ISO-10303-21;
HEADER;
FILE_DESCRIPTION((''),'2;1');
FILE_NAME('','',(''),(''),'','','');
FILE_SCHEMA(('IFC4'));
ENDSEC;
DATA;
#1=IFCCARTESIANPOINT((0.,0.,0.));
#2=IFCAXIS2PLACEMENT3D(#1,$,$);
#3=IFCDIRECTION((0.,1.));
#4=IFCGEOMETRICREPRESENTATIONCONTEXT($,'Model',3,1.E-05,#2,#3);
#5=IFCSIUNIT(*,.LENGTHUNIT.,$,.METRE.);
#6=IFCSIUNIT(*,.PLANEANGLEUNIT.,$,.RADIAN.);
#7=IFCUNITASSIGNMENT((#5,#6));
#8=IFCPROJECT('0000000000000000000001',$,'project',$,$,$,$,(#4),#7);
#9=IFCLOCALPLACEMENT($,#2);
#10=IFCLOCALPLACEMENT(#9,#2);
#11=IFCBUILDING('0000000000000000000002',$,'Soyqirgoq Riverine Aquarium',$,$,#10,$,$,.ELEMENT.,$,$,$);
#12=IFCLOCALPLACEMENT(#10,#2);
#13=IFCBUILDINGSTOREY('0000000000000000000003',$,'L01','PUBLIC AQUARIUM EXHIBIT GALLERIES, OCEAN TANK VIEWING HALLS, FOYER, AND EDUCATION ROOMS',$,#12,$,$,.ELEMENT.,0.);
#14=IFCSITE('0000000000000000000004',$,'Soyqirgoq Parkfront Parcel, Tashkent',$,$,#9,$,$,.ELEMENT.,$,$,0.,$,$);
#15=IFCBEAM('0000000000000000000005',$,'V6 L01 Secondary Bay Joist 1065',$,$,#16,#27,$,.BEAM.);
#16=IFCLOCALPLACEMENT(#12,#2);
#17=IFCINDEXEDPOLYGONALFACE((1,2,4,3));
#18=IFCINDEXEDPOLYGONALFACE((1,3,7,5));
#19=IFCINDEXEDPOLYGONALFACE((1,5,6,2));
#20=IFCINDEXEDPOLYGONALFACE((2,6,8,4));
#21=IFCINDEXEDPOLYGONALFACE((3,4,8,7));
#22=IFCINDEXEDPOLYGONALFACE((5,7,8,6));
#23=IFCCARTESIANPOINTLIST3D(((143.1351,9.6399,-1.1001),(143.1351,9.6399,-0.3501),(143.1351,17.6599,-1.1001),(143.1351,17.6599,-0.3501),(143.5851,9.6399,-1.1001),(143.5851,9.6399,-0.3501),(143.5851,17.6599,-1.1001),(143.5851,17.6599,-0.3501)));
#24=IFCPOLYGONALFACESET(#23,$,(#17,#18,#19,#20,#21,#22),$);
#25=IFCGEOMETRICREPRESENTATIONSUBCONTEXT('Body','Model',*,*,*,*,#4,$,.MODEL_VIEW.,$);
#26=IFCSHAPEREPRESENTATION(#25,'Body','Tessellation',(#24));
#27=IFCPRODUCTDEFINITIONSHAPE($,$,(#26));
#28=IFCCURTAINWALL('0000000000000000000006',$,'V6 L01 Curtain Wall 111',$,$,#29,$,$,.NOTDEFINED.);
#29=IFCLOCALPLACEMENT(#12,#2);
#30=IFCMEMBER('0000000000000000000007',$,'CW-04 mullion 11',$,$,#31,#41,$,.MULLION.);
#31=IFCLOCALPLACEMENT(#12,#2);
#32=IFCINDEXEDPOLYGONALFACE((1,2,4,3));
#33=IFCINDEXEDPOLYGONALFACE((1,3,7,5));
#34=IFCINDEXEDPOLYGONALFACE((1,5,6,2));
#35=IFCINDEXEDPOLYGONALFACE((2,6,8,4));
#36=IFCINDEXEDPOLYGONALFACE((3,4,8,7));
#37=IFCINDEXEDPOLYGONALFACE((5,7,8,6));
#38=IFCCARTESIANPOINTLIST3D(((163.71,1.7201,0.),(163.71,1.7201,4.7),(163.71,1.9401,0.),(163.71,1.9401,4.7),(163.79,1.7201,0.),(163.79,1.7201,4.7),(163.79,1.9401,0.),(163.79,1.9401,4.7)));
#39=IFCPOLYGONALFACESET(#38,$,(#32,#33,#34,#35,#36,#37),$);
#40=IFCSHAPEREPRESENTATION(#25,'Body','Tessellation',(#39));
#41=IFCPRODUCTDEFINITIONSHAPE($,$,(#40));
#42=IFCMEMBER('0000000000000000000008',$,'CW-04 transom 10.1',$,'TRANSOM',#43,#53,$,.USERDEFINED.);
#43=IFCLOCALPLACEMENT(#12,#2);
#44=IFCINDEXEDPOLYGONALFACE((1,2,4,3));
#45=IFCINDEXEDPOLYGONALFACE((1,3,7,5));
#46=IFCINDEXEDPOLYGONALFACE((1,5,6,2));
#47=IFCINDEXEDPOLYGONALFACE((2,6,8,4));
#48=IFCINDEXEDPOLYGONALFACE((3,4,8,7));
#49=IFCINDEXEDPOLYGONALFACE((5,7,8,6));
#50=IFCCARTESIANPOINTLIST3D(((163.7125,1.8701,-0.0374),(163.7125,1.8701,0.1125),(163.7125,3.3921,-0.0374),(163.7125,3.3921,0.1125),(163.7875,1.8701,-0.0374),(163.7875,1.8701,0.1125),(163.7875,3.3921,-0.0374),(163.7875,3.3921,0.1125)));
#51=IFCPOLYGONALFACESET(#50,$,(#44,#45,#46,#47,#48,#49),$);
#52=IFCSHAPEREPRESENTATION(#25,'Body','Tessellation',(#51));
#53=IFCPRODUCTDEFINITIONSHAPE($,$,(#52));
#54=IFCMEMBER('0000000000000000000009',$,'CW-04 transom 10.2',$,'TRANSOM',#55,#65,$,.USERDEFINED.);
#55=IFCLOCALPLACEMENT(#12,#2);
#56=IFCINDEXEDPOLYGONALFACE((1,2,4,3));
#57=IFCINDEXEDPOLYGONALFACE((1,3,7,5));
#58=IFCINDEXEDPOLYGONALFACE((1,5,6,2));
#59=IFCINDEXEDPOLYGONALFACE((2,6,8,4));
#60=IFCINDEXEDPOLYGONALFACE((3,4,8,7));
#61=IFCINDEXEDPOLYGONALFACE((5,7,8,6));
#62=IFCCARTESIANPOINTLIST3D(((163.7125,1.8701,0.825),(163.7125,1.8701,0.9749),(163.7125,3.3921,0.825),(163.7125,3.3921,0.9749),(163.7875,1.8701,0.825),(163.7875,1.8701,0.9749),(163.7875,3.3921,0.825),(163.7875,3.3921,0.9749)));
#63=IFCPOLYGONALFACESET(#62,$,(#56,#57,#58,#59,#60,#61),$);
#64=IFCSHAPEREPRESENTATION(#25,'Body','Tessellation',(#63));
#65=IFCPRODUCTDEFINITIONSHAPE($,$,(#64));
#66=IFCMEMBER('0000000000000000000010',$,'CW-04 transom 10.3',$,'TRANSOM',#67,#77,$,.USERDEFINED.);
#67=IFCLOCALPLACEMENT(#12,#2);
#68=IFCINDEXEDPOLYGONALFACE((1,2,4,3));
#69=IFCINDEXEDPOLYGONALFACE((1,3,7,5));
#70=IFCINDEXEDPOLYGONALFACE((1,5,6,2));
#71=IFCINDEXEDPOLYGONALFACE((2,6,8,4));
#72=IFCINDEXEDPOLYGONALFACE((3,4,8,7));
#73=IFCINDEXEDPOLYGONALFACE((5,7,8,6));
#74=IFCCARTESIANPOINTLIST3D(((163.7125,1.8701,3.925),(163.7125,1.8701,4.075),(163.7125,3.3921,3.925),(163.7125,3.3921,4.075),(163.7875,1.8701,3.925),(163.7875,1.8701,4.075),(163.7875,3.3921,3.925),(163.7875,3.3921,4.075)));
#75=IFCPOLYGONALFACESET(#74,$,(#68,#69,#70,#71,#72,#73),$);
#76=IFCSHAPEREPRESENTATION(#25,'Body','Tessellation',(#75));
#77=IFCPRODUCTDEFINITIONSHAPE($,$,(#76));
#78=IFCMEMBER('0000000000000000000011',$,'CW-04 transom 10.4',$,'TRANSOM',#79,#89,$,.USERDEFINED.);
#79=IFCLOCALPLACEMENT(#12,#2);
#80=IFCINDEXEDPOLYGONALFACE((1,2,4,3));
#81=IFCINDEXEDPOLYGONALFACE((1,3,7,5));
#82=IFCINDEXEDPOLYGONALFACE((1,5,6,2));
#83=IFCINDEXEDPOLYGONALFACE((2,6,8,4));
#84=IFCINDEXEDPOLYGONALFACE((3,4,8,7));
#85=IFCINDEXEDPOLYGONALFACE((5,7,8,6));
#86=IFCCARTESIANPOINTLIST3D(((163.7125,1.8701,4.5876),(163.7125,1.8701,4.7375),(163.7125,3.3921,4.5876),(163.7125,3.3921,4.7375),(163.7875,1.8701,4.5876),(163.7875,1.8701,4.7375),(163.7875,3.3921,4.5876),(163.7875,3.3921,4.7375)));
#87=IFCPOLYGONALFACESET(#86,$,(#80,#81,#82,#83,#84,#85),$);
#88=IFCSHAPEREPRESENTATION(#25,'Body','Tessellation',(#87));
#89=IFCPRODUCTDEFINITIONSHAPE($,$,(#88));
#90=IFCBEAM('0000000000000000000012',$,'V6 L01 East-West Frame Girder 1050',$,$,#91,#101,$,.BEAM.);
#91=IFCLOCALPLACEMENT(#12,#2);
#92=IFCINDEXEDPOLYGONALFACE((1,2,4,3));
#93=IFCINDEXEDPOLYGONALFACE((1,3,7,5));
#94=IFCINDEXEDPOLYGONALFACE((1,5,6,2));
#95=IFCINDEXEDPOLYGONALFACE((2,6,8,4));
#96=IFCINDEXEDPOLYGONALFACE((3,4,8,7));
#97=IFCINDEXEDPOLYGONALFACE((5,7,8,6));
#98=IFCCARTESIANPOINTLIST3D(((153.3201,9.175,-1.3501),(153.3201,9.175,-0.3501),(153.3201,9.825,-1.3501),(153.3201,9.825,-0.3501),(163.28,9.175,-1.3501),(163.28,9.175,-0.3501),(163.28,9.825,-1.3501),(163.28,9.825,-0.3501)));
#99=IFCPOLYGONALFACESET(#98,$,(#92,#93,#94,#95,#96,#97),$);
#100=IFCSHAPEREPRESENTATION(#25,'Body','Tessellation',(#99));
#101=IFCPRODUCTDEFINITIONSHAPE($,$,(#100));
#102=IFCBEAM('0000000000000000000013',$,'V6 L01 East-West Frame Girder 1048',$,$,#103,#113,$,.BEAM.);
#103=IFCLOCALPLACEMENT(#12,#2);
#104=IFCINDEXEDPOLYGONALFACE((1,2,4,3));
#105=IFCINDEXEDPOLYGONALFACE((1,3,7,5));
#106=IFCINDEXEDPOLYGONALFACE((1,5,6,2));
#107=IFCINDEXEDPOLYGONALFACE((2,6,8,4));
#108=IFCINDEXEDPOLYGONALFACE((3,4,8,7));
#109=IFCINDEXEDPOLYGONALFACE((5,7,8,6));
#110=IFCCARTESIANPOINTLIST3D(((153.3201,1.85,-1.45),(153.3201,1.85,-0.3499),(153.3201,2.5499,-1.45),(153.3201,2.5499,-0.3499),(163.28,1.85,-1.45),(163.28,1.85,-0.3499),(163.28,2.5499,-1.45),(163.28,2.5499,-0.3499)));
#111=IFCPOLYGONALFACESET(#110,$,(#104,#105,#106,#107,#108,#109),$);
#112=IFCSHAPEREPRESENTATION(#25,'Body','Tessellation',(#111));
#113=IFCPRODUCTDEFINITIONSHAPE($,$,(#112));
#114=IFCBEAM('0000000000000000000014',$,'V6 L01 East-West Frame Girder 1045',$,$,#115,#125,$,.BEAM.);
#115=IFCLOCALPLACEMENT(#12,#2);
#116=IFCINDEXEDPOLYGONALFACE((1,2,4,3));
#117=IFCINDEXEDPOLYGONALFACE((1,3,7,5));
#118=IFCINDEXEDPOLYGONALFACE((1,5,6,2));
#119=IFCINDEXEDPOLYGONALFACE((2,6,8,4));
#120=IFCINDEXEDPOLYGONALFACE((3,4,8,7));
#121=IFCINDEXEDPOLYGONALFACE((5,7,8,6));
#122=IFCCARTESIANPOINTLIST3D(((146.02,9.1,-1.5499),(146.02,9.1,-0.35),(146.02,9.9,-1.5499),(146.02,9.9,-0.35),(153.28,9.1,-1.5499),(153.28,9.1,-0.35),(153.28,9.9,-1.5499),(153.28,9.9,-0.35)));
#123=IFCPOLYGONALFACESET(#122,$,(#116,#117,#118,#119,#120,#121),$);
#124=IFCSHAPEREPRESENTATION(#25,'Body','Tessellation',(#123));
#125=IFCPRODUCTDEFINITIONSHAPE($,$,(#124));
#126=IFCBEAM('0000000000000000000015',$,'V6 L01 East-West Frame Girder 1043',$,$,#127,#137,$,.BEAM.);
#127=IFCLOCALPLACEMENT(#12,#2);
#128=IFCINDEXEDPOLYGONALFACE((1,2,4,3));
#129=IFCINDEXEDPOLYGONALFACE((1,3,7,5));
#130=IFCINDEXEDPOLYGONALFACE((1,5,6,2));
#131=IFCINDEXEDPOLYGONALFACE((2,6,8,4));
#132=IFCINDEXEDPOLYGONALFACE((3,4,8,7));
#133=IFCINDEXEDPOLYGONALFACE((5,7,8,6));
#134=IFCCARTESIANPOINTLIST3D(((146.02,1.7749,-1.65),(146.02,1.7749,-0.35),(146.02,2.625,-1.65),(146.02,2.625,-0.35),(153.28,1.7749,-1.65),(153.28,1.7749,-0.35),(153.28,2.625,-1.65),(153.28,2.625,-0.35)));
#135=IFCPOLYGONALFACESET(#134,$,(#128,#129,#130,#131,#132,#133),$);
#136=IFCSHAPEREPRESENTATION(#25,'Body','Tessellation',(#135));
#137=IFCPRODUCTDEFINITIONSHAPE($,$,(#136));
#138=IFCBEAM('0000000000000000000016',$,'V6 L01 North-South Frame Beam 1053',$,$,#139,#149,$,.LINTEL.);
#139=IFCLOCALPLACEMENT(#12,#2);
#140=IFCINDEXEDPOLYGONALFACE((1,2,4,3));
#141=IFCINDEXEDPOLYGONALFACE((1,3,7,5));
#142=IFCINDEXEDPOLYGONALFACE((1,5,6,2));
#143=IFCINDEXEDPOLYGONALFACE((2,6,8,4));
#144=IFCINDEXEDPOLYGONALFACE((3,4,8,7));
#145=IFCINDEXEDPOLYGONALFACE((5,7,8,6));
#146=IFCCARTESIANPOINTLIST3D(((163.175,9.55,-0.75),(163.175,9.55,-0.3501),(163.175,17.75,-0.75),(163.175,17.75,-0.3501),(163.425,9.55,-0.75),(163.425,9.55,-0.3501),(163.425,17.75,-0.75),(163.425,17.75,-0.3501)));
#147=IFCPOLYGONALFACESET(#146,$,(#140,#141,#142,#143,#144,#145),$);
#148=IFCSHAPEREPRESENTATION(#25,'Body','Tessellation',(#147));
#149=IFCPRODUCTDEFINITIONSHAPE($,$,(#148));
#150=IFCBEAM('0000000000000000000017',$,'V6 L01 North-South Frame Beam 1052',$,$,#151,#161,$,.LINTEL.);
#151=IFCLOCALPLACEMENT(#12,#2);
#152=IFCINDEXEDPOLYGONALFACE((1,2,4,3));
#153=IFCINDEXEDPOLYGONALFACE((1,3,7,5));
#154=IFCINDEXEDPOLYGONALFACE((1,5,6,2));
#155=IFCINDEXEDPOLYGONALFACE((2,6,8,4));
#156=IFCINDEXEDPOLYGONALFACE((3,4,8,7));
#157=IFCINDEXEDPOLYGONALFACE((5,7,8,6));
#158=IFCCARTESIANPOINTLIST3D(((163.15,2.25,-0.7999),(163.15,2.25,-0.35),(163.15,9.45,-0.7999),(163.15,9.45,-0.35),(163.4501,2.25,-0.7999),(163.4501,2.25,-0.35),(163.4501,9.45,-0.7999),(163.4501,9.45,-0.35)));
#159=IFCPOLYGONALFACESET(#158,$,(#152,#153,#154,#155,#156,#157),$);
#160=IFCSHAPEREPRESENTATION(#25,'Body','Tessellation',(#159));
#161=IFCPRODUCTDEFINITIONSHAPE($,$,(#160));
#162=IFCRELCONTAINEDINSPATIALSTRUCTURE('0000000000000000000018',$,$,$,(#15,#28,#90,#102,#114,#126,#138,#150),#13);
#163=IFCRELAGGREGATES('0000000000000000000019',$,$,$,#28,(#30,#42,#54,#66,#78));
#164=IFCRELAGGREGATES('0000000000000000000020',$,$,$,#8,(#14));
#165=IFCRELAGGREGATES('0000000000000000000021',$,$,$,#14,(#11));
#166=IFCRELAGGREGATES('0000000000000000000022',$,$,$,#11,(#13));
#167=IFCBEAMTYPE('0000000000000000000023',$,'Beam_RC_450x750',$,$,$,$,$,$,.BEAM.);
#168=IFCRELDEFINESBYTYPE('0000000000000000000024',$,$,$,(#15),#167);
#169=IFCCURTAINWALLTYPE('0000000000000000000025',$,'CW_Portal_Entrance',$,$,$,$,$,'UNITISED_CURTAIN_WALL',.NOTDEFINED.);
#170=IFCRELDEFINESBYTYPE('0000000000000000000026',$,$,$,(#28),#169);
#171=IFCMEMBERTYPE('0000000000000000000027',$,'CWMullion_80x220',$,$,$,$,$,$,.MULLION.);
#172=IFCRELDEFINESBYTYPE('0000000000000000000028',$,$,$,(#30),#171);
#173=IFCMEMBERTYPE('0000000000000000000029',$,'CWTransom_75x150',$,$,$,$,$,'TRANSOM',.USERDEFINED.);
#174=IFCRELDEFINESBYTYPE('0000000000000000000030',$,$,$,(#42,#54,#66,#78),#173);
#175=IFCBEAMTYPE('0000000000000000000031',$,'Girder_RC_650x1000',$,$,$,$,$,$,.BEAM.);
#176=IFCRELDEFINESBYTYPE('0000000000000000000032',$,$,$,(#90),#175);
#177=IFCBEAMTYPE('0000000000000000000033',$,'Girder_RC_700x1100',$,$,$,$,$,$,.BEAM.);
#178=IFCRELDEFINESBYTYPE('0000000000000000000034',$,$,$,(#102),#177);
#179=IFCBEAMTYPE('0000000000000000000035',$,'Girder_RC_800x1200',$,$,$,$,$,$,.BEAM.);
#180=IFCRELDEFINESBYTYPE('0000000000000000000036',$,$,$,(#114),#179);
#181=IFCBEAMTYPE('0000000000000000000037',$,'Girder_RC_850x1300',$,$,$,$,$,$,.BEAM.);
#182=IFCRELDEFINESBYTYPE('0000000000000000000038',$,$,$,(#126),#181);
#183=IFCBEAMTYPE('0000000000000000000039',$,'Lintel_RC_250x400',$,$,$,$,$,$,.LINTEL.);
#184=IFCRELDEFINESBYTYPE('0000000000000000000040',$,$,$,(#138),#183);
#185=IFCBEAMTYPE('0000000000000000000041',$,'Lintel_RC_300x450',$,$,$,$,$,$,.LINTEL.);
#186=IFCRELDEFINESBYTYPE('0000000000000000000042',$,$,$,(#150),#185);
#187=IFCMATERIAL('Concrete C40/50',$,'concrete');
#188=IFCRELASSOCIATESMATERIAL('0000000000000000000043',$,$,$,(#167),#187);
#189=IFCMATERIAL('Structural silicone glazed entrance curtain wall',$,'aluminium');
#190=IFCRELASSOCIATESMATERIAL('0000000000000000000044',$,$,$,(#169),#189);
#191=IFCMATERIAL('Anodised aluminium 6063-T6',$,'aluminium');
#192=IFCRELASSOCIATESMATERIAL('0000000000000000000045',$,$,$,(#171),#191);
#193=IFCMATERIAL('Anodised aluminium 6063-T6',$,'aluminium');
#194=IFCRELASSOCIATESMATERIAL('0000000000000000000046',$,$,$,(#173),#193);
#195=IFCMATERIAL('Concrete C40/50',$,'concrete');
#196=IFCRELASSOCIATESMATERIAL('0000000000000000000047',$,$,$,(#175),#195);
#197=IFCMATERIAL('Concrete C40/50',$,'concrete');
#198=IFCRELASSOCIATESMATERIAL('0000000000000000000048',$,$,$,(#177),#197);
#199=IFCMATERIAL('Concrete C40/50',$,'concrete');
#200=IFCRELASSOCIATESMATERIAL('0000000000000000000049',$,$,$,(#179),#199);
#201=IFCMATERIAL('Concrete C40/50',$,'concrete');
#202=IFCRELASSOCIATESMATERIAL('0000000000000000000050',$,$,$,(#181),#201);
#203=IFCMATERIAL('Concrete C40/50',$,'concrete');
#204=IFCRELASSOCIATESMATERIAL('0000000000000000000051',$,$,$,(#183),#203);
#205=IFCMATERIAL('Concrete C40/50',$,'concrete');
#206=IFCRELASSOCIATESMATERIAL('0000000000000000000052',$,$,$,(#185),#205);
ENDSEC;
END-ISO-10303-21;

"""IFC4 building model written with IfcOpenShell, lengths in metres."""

from ifc_helpers import new_model, si_unit, direction, frame, origin, origin_2d, place, context, subcontext, project, spatial, rectangle, extrude, material, material_profile, profile_set, type_object, element, aggregate, save


model = new_model("IFC4")

# Units and contexts
model_context = context("Model", 3, precision=1e-05, world=origin(), true_north=direction((0.0, 1.0)))
body_context = subcontext(model_context, "Body", "Model", "MODEL_VIEW")
ifc_project = project(units=[si_unit("LENGTHUNIT", "METRE"), si_unit("PLANEANGLEUNIT", "RADIAN")], contexts=[model_context])

# Site, building, storey
site_placement = place(None, origin())
site = spatial("IfcSite", under=ifc_project, at=site_placement, Name="Soyqirgoq Parkfront Parcel, Tashkent", CompositionType="ELEMENT", RefElevation=0.0)
building_placement = place(site_placement, origin())
building = spatial("IfcBuilding", under=site, at=building_placement, Name="Soyqirgoq Riverine Aquarium", CompositionType="ELEMENT")
storey_placement = place(building_placement, origin())
storey = spatial("IfcBuildingStorey", under=building, at=storey_placement, Name="L01", Description="PUBLIC AQUARIUM EXHIBIT GALLERIES, OCEAN TANK VIEWING HALLS, FOYER, AND EDUCATION ROOMS", CompositionType="ELEMENT", Elevation=0.0)

# Beam
ifc_material_1 = material(Name="Concrete C40/50", Category="concrete")
ifc_material_profile_1 = material_profile(ifc_material_1, rectangle(XDim=0.45, YDim=0.75, at=origin_2d()), Name="RC 450x750")
ifc_profile_set_1 = profile_set([ifc_material_profile_1], Name="Concrete C40/50")
beam_type_1 = type_object("IfcBeamType", Name="Beam_RC_450x750", PredefinedType="BEAM", material=ifc_profile_set_1)
beam_1_placement = place(storey_placement, frame((143.3601, 9.6399, -0.7251), z_axis=(0.0, 1.0, 0.0), x_axis=(-1.0, 0.0, 0.0)))
element("IfcBeam", 1, at=beam_1_placement, inside=storey, type_object=beam_type_1, Name="V6 L01 Secondary Bay Joist 1065", PredefinedType="BEAM", context=body_context, shape_type="SweptSolid", body=[
    extrude(rectangle(XDim=0.45, YDim=0.75, at=origin_2d()), origin(), (0.0, 0.0, 1.0), 8.02),
])

# Curtain wall, members
ifc_material_2 = material(Name="Structural silicone glazed entrance curtain wall", Category="aluminium")
curtain_wall_type = type_object("IfcCurtainWallType", Name="CW_Portal_Entrance", ElementType="UNITISED_CURTAIN_WALL", PredefinedType="NOTDEFINED", material=ifc_material_2)
curtain_wall_placement = place(storey_placement, origin())
curtain_wall = element("IfcCurtainWall", 2, at=curtain_wall_placement, inside=storey, type_object=curtain_wall_type, Name="V6 L01 Curtain Wall 111", PredefinedType="NOTDEFINED")
ifc_material_3 = material(Name="Anodised aluminium 6063-T6", Category="aluminium")
ifc_material_profile_2 = material_profile(ifc_material_3, rectangle(XDim=0.0801, YDim=0.22, at=origin_2d()), Name="ALU-M 80x220")
ifc_profile_set_2 = profile_set([ifc_material_profile_2], Name="Anodised aluminium 6063-T6")
member_type_1 = type_object("IfcMemberType", Name="CWMullion_80x220", PredefinedType="MULLION", material=ifc_profile_set_2)
member_1_placement = place(storey_placement, frame((163.75, 1.8301, 0.0), z_axis=(0.0, 0.0, 1.0), x_axis=(1.0, 0.0, 0.0)))
member_1 = element("IfcMember", 3, at=member_1_placement, type_object=member_type_1, Name="CW-04 mullion 11", PredefinedType="MULLION", context=body_context, shape_type="SweptSolid", body=[
    extrude(rectangle(XDim=0.0801, YDim=0.22, at=origin_2d()), origin(), (0.0, 0.0, 1.0), 4.7),
])
ifc_material_4 = material(Name="Anodised aluminium 6063-T6", Category="aluminium")
ifc_material_profile_3 = material_profile(ifc_material_4, rectangle(XDim=0.075, YDim=0.1499, at=origin_2d()), Name="ALU-T 75x150")
ifc_profile_set_3 = profile_set([ifc_material_profile_3], Name="Anodised aluminium 6063-T6")
member_type_2 = type_object("IfcMemberType", Name="CWTransom_75x150", ElementType="TRANSOM", PredefinedType="USERDEFINED", material=ifc_profile_set_3)
member_2_placement = place(storey_placement, frame((163.75, 3.3921, 0.0376), z_axis=(0.0, -1.0, 0.0), x_axis=(1.0, 0.0, 0.0)))
member_2 = element("IfcMember", 4, at=member_2_placement, type_object=member_type_2, Name="CW-04 transom 10.1", ObjectType="TRANSOM", PredefinedType="USERDEFINED", context=body_context, shape_type="SweptSolid", body=[
    extrude(rectangle(XDim=0.075, YDim=0.1499, at=origin_2d()), origin(), (0.0, 0.0, 1.0), 1.522),
])
member_3_placement = place(storey_placement, frame((163.75, 3.3921, 0.8999), z_axis=(0.0, -1.0, 0.0), x_axis=(1.0, 0.0, 0.0)))
member_3 = element("IfcMember", 5, at=member_3_placement, type_object=member_type_2, Name="CW-04 transom 10.2", ObjectType="TRANSOM", PredefinedType="USERDEFINED", context=body_context, shape_type="SweptSolid", body=[
    extrude(rectangle(XDim=0.075, YDim=0.1499, at=origin_2d()), origin(), (0.0, 0.0, 1.0), 1.522),
])
member_4_placement = place(storey_placement, frame((163.75, 3.3921, 4.0), z_axis=(0.0, -1.0, 0.0), x_axis=(1.0, 0.0, 0.0)))
member_4 = element("IfcMember", 6, at=member_4_placement, type_object=member_type_2, Name="CW-04 transom 10.3", ObjectType="TRANSOM", PredefinedType="USERDEFINED", context=body_context, shape_type="SweptSolid", body=[
    extrude(rectangle(XDim=0.075, YDim=0.1499, at=origin_2d()), origin(), (0.0, 0.0, 1.0), 1.522),
])
member_5_placement = place(storey_placement, frame((163.75, 3.3921, 4.6626), z_axis=(0.0, -1.0, 0.0), x_axis=(1.0, 0.0, 0.0)))
member_5 = element("IfcMember", 7, at=member_5_placement, type_object=member_type_2, Name="CW-04 transom 10.4", ObjectType="TRANSOM", PredefinedType="USERDEFINED", context=body_context, shape_type="SweptSolid", body=[
    extrude(rectangle(XDim=0.075, YDim=0.1499, at=origin_2d()), origin(), (0.0, 0.0, 1.0), 1.522),
])

# Beams
ifc_material_5 = material(Name="Concrete C40/50", Category="concrete")
ifc_material_profile_4 = material_profile(ifc_material_5, rectangle(XDim=0.6499, YDim=1.0, at=origin_2d()), Name="RC 650x1000")
ifc_profile_set_4 = profile_set([ifc_material_profile_4], Name="Concrete C40/50")
beam_type_2 = type_object("IfcBeamType", Name="Girder_RC_650x1000", PredefinedType="BEAM", material=ifc_profile_set_4)
beam_2_placement = place(storey_placement, frame((153.3201, 9.5, -0.8501), z_axis=(1.0, 0.0, 0.0), x_axis=(0.0, 1.0, 0.0)))
element("IfcBeam", 8, at=beam_2_placement, inside=storey, type_object=beam_type_2, Name="V6 L01 East-West Frame Girder 1050", PredefinedType="BEAM", context=body_context, shape_type="SweptSolid", body=[
    extrude(rectangle(XDim=0.6499, YDim=1.0, at=origin_2d()), origin(), (0.0, 0.0, 1.0), 9.96),
])
ifc_material_6 = material(Name="Concrete C40/50", Category="concrete")
ifc_material_profile_5 = material_profile(ifc_material_6, rectangle(XDim=0.7, YDim=1.1001, at=origin_2d()), Name="RC 700x1100")
ifc_profile_set_5 = profile_set([ifc_material_profile_5], Name="Concrete C40/50")
beam_type_3 = type_object("IfcBeamType", Name="Girder_RC_700x1100", PredefinedType="BEAM", material=ifc_profile_set_5)
beam_3_placement = place(storey_placement, frame((153.3201, 2.2, -0.8999), z_axis=(1.0, 0.0, 0.0), x_axis=(0.0, 1.0, 0.0)))
element("IfcBeam", 9, at=beam_3_placement, inside=storey, type_object=beam_type_3, Name="V6 L01 East-West Frame Girder 1048", PredefinedType="BEAM", context=body_context, shape_type="SweptSolid", body=[
    extrude(rectangle(XDim=0.7, YDim=1.1001, at=origin_2d()), origin(), (0.0, 0.0, 1.0), 9.96),
])
ifc_material_7 = material(Name="Concrete C40/50", Category="concrete")
ifc_material_profile_6 = material_profile(ifc_material_7, rectangle(XDim=0.8, YDim=1.2, at=origin_2d()), Name="RC 800x1200")
ifc_profile_set_6 = profile_set([ifc_material_profile_6], Name="Concrete C40/50")
beam_type_4 = type_object("IfcBeamType", Name="Girder_RC_800x1200", PredefinedType="BEAM", material=ifc_profile_set_6)
beam_4_placement = place(storey_placement, frame((146.02, 9.5, -0.95), z_axis=(1.0, 0.0, 0.0), x_axis=(0.0, 1.0, 0.0)))
element("IfcBeam", 10, at=beam_4_placement, inside=storey, type_object=beam_type_4, Name="V6 L01 East-West Frame Girder 1045", PredefinedType="BEAM", context=body_context, shape_type="SweptSolid", body=[
    extrude(rectangle(XDim=0.8, YDim=1.2, at=origin_2d()), origin(), (0.0, 0.0, 1.0), 7.26),
])
ifc_material_8 = material(Name="Concrete C40/50", Category="concrete")
ifc_material_profile_7 = material_profile(ifc_material_8, rectangle(XDim=0.8501, YDim=1.3, at=origin_2d()), Name="RC 850x1300")
ifc_profile_set_7 = profile_set([ifc_material_profile_7], Name="Concrete C40/50")
beam_type_5 = type_object("IfcBeamType", Name="Girder_RC_850x1300", PredefinedType="BEAM", material=ifc_profile_set_7)
beam_5_placement = place(storey_placement, frame((146.02, 2.2, -1.0), z_axis=(1.0, 0.0, 0.0), x_axis=(0.0, 1.0, 0.0)))
element("IfcBeam", 11, at=beam_5_placement, inside=storey, type_object=beam_type_5, Name="V6 L01 East-West Frame Girder 1043", PredefinedType="BEAM", context=body_context, shape_type="SweptSolid", body=[
    extrude(rectangle(XDim=0.8501, YDim=1.3, at=origin_2d()), origin(), (0.0, 0.0, 1.0), 7.26),
])
ifc_material_9 = material(Name="Concrete C40/50", Category="concrete")
ifc_material_profile_8 = material_profile(ifc_material_9, rectangle(XDim=0.25, YDim=0.3999, at=origin_2d()), Name="RC 250x400")
ifc_profile_set_8 = profile_set([ifc_material_profile_8], Name="Concrete C40/50")
beam_type_6 = type_object("IfcBeamType", Name="Lintel_RC_250x400", PredefinedType="LINTEL", material=ifc_profile_set_8)
beam_6_placement = place(storey_placement, frame((163.3, 9.55, -0.55), z_axis=(0.0, 1.0, 0.0), x_axis=(-1.0, 0.0, 0.0)))
element("IfcBeam", 12, at=beam_6_placement, inside=storey, type_object=beam_type_6, Name="V6 L01 North-South Frame Beam 1053", PredefinedType="LINTEL", context=body_context, shape_type="SweptSolid", body=[
    extrude(rectangle(XDim=0.25, YDim=0.3999, at=origin_2d()), origin(), (0.0, 0.0, 1.0), 8.2),
])
ifc_material_10 = material(Name="Concrete C40/50", Category="concrete")
ifc_material_profile_9 = material_profile(ifc_material_10, rectangle(XDim=0.3, YDim=0.45, at=origin_2d()), Name="RC 300x450")
ifc_profile_set_9 = profile_set([ifc_material_profile_9], Name="Concrete C40/50")
beam_type_7 = type_object("IfcBeamType", Name="Lintel_RC_300x450", PredefinedType="LINTEL", material=ifc_profile_set_9)
beam_7_placement = place(storey_placement, frame((163.3, 2.25, -0.575), z_axis=(0.0, 1.0, 0.0), x_axis=(-1.0, 0.0, 0.0)))
element("IfcBeam", 13, at=beam_7_placement, inside=storey, type_object=beam_type_7, Name="V6 L01 North-South Frame Beam 1052", PredefinedType="LINTEL", context=body_context, shape_type="SweptSolid", body=[
    extrude(rectangle(XDim=0.3, YDim=0.45, at=origin_2d()), origin(), (0.0, 0.0, 1.0), 7.2),
])

aggregate(curtain_wall, [member_1, member_2, member_3, member_4, member_5])

save(model, "model.ifc")
